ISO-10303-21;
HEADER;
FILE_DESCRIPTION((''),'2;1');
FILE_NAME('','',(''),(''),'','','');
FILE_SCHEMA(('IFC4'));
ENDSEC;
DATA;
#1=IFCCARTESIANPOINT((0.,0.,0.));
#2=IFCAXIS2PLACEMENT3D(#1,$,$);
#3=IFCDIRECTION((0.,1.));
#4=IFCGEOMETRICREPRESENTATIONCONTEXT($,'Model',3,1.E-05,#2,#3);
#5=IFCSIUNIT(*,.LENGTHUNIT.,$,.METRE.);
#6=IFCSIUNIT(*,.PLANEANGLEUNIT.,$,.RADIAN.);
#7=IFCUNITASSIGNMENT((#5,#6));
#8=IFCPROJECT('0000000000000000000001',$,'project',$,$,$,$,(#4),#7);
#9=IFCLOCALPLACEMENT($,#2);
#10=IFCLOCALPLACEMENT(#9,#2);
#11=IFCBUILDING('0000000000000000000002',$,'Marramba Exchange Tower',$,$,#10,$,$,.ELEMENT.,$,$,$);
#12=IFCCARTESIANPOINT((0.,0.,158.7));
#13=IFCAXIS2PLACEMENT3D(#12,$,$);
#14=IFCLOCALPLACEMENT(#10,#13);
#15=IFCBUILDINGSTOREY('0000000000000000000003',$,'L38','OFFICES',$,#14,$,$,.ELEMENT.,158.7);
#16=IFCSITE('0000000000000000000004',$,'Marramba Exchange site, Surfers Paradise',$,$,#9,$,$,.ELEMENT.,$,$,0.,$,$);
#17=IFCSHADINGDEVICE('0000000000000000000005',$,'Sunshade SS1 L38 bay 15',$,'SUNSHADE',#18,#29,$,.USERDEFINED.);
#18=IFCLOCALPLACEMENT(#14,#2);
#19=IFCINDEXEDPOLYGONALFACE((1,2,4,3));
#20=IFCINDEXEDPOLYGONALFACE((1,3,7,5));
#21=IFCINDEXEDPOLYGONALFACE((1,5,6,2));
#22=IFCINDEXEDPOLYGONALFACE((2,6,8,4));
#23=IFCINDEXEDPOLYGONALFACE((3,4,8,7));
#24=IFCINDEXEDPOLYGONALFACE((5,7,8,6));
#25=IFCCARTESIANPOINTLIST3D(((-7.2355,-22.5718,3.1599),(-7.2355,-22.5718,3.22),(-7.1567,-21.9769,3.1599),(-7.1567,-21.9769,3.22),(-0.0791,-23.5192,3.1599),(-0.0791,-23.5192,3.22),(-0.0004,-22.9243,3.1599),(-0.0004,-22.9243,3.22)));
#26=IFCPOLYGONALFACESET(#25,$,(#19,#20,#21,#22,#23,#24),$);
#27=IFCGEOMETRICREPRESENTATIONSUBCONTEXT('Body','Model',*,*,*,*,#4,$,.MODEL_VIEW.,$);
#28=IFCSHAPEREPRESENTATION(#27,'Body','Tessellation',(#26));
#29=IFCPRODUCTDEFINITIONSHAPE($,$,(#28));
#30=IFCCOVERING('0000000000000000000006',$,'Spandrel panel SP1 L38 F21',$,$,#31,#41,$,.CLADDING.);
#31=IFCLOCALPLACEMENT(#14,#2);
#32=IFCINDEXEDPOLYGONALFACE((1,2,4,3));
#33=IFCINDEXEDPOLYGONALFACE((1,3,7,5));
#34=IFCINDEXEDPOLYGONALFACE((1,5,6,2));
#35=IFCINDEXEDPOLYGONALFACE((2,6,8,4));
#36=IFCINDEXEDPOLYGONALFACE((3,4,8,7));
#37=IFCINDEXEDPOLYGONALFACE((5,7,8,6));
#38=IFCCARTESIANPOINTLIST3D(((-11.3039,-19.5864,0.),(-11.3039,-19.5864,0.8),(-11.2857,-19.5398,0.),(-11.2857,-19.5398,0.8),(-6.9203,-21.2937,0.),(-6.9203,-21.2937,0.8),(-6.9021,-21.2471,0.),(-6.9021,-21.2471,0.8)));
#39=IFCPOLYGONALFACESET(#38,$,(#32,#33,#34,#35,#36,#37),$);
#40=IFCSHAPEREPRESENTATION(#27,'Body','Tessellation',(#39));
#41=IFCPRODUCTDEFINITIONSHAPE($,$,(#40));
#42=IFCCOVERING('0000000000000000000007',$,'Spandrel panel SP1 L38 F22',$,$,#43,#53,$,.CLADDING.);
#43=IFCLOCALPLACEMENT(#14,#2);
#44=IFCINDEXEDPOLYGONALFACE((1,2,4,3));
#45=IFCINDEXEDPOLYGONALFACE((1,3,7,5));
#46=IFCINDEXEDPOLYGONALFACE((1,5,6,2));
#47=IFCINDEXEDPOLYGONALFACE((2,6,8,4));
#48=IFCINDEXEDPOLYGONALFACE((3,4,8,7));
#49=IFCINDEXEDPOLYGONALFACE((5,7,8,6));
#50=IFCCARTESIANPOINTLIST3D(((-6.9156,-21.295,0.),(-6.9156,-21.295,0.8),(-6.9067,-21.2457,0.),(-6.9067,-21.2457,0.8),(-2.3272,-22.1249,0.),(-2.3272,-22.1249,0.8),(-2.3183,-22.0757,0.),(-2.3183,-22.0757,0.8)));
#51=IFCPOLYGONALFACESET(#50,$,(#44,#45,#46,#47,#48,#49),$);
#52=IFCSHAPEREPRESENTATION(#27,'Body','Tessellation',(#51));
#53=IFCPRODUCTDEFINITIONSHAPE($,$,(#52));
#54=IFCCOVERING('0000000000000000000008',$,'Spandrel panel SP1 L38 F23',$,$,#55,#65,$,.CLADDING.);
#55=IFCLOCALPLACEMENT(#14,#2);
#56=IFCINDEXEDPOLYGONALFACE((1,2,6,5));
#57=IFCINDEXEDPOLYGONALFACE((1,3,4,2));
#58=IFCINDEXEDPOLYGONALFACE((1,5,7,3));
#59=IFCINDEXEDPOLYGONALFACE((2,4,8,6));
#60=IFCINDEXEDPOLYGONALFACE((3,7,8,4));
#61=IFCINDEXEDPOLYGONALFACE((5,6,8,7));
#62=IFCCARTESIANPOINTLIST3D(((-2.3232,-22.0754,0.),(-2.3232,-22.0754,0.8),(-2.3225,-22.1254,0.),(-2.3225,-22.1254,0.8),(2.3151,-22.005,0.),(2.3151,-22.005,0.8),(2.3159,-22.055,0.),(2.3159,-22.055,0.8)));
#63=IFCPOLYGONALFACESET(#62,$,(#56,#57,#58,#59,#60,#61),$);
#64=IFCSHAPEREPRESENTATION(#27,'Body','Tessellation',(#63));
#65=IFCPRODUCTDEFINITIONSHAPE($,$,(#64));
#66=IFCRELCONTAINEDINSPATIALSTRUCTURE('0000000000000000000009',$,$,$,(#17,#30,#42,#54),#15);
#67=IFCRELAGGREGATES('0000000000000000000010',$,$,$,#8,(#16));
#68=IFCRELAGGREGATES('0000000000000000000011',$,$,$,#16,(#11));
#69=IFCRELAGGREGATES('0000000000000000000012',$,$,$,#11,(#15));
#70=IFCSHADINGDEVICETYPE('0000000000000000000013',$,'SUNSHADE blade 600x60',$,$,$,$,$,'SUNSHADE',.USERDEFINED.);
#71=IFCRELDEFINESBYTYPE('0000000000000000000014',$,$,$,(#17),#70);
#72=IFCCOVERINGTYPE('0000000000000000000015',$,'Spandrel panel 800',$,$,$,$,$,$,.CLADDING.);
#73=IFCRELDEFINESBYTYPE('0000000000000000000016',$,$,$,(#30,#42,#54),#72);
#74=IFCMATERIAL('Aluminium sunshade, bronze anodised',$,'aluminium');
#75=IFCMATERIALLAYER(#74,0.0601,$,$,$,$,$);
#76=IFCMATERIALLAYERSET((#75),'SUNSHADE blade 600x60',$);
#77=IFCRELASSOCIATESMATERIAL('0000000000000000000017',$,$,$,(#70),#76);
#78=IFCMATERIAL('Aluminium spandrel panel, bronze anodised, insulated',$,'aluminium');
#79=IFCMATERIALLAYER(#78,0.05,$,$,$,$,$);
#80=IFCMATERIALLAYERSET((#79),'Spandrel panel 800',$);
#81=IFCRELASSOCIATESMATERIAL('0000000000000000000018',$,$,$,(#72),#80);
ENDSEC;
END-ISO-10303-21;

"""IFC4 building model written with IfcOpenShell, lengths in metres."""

from ifc_helpers import new_model, si_unit, direction, frame, origin, origin_2d, place, context, subcontext, project, spatial, rectangle, extrude, material, layer, layer_set, type_object, element, save


model = new_model("IFC4")

# Units and contexts
model_context = context("Model", 3, precision=1e-05, world=origin(), true_north=direction((0.0, 1.0)))
body_context = subcontext(model_context, "Body", "Model", "MODEL_VIEW")
ifc_project = project(units=[si_unit("LENGTHUNIT", "METRE"), si_unit("PLANEANGLEUNIT", "RADIAN")], contexts=[model_context])

# Site, building, storey
site_placement = place(None, origin())
site = spatial("IfcSite", under=ifc_project, at=site_placement, Name="Marramba Exchange site, Surfers Paradise", CompositionType="ELEMENT", RefElevation=0.0)
building_placement = place(site_placement, origin())
building = spatial("IfcBuilding", under=site, at=building_placement, Name="Marramba Exchange Tower", CompositionType="ELEMENT")
storey_placement = place(building_placement, frame((0.0, 0.0, 158.7)))
storey = spatial("IfcBuildingStorey", under=building, at=storey_placement, Name="L38", Description="OFFICES", CompositionType="ELEMENT", Elevation=158.7)

# Shading device
ifc_material_1 = material(Name="Aluminium sunshade, bronze anodised", Category="aluminium")
ifc_layer_1 = layer(ifc_material_1, 0.0601)
ifc_layer_set_1 = layer_set([ifc_layer_1], Name="SUNSHADE blade 600x60")
shading_device_type_1 = type_object("IfcShadingDeviceType", Name="SUNSHADE blade 600x60", ElementType="SUNSHADE", PredefinedType="USERDEFINED", material=ifc_layer_set_1)
shading_device_1_placement = place(storey_placement, frame((-3.6179, -22.748, 3.1599), z_axis=(0.0, 0.0, 1.0), x_axis=(0.99135, -0.131241, 0.0)))
element("IfcShadingDevice", 1, at=shading_device_1_placement, inside=storey, type_object=shading_device_type_1, Name="Sunshade SS1 L38 bay 15", ObjectType="SUNSHADE", PredefinedType="USERDEFINED", context=body_context, shape_type="SweptSolid", body=[
    extrude(rectangle(XDim=7.2188, YDim=0.6001, at=origin_2d()), origin(), (0.0, 0.0, 1.0), 0.0601),
])

# Coverings
ifc_material_2 = material(Name="Aluminium spandrel panel, bronze anodised, insulated", Category="aluminium")
ifc_layer_2 = layer(ifc_material_2, 0.05)
ifc_layer_set_2 = layer_set([ifc_layer_2], Name="Spandrel panel 800")
covering_type = type_object("IfcCoveringType", Name="Spandrel panel 800", PredefinedType="CLADDING", material=ifc_layer_set_2)
covering_1_placement = place(storey_placement, frame((-9.103, -20.4167, 0.0), z_axis=(0.0, 0.0, 1.0), x_axis=(0.931818, -0.362925, 0.0)))
element("IfcCovering", 2, at=covering_1_placement, inside=storey, type_object=covering_type, Name="Spandrel panel SP1 L38 F21", PredefinedType="CLADDING", context=body_context, shape_type="SweptSolid", body=[
    extrude(rectangle(XDim=4.7043, YDim=0.05, at=origin_2d()), origin(), (0.0, 0.0, 1.0), 0.8),
])
covering_2_placement = place(storey_placement, frame((-4.6169, -21.6853, 0.0), z_axis=(0.0, 0.0, 1.0), x_axis=(0.984032, -0.177992, 0.0)))
element("IfcCovering", 3, at=covering_2_placement, inside=storey, type_object=covering_type, Name="Spandrel panel SP1 L38 F22", PredefinedType="CLADDING", context=body_context, shape_type="SweptSolid", body=[
    extrude(rectangle(XDim=4.6628, YDim=0.05, at=origin_2d()), origin(), (0.0, 0.0, 1.0), 0.8),
])
covering_3_placement = place(storey_placement, frame((-0.0037, -22.0652, 0.0), z_axis=(0.0, 0.0, 1.0), x_axis=(0.999885, 0.015179, 0.0)))
element("IfcCovering", 4, at=covering_3_placement, inside=storey, type_object=covering_type, Name="Spandrel panel SP1 L38 F23", PredefinedType="CLADDING", context=body_context, shape_type="SweptSolid", body=[
    extrude(rectangle(XDim=4.6389, YDim=0.05, at=origin_2d()), origin(), (0.0, 0.0, 1.0), 0.8),
])

save(model, "model.ifc")
